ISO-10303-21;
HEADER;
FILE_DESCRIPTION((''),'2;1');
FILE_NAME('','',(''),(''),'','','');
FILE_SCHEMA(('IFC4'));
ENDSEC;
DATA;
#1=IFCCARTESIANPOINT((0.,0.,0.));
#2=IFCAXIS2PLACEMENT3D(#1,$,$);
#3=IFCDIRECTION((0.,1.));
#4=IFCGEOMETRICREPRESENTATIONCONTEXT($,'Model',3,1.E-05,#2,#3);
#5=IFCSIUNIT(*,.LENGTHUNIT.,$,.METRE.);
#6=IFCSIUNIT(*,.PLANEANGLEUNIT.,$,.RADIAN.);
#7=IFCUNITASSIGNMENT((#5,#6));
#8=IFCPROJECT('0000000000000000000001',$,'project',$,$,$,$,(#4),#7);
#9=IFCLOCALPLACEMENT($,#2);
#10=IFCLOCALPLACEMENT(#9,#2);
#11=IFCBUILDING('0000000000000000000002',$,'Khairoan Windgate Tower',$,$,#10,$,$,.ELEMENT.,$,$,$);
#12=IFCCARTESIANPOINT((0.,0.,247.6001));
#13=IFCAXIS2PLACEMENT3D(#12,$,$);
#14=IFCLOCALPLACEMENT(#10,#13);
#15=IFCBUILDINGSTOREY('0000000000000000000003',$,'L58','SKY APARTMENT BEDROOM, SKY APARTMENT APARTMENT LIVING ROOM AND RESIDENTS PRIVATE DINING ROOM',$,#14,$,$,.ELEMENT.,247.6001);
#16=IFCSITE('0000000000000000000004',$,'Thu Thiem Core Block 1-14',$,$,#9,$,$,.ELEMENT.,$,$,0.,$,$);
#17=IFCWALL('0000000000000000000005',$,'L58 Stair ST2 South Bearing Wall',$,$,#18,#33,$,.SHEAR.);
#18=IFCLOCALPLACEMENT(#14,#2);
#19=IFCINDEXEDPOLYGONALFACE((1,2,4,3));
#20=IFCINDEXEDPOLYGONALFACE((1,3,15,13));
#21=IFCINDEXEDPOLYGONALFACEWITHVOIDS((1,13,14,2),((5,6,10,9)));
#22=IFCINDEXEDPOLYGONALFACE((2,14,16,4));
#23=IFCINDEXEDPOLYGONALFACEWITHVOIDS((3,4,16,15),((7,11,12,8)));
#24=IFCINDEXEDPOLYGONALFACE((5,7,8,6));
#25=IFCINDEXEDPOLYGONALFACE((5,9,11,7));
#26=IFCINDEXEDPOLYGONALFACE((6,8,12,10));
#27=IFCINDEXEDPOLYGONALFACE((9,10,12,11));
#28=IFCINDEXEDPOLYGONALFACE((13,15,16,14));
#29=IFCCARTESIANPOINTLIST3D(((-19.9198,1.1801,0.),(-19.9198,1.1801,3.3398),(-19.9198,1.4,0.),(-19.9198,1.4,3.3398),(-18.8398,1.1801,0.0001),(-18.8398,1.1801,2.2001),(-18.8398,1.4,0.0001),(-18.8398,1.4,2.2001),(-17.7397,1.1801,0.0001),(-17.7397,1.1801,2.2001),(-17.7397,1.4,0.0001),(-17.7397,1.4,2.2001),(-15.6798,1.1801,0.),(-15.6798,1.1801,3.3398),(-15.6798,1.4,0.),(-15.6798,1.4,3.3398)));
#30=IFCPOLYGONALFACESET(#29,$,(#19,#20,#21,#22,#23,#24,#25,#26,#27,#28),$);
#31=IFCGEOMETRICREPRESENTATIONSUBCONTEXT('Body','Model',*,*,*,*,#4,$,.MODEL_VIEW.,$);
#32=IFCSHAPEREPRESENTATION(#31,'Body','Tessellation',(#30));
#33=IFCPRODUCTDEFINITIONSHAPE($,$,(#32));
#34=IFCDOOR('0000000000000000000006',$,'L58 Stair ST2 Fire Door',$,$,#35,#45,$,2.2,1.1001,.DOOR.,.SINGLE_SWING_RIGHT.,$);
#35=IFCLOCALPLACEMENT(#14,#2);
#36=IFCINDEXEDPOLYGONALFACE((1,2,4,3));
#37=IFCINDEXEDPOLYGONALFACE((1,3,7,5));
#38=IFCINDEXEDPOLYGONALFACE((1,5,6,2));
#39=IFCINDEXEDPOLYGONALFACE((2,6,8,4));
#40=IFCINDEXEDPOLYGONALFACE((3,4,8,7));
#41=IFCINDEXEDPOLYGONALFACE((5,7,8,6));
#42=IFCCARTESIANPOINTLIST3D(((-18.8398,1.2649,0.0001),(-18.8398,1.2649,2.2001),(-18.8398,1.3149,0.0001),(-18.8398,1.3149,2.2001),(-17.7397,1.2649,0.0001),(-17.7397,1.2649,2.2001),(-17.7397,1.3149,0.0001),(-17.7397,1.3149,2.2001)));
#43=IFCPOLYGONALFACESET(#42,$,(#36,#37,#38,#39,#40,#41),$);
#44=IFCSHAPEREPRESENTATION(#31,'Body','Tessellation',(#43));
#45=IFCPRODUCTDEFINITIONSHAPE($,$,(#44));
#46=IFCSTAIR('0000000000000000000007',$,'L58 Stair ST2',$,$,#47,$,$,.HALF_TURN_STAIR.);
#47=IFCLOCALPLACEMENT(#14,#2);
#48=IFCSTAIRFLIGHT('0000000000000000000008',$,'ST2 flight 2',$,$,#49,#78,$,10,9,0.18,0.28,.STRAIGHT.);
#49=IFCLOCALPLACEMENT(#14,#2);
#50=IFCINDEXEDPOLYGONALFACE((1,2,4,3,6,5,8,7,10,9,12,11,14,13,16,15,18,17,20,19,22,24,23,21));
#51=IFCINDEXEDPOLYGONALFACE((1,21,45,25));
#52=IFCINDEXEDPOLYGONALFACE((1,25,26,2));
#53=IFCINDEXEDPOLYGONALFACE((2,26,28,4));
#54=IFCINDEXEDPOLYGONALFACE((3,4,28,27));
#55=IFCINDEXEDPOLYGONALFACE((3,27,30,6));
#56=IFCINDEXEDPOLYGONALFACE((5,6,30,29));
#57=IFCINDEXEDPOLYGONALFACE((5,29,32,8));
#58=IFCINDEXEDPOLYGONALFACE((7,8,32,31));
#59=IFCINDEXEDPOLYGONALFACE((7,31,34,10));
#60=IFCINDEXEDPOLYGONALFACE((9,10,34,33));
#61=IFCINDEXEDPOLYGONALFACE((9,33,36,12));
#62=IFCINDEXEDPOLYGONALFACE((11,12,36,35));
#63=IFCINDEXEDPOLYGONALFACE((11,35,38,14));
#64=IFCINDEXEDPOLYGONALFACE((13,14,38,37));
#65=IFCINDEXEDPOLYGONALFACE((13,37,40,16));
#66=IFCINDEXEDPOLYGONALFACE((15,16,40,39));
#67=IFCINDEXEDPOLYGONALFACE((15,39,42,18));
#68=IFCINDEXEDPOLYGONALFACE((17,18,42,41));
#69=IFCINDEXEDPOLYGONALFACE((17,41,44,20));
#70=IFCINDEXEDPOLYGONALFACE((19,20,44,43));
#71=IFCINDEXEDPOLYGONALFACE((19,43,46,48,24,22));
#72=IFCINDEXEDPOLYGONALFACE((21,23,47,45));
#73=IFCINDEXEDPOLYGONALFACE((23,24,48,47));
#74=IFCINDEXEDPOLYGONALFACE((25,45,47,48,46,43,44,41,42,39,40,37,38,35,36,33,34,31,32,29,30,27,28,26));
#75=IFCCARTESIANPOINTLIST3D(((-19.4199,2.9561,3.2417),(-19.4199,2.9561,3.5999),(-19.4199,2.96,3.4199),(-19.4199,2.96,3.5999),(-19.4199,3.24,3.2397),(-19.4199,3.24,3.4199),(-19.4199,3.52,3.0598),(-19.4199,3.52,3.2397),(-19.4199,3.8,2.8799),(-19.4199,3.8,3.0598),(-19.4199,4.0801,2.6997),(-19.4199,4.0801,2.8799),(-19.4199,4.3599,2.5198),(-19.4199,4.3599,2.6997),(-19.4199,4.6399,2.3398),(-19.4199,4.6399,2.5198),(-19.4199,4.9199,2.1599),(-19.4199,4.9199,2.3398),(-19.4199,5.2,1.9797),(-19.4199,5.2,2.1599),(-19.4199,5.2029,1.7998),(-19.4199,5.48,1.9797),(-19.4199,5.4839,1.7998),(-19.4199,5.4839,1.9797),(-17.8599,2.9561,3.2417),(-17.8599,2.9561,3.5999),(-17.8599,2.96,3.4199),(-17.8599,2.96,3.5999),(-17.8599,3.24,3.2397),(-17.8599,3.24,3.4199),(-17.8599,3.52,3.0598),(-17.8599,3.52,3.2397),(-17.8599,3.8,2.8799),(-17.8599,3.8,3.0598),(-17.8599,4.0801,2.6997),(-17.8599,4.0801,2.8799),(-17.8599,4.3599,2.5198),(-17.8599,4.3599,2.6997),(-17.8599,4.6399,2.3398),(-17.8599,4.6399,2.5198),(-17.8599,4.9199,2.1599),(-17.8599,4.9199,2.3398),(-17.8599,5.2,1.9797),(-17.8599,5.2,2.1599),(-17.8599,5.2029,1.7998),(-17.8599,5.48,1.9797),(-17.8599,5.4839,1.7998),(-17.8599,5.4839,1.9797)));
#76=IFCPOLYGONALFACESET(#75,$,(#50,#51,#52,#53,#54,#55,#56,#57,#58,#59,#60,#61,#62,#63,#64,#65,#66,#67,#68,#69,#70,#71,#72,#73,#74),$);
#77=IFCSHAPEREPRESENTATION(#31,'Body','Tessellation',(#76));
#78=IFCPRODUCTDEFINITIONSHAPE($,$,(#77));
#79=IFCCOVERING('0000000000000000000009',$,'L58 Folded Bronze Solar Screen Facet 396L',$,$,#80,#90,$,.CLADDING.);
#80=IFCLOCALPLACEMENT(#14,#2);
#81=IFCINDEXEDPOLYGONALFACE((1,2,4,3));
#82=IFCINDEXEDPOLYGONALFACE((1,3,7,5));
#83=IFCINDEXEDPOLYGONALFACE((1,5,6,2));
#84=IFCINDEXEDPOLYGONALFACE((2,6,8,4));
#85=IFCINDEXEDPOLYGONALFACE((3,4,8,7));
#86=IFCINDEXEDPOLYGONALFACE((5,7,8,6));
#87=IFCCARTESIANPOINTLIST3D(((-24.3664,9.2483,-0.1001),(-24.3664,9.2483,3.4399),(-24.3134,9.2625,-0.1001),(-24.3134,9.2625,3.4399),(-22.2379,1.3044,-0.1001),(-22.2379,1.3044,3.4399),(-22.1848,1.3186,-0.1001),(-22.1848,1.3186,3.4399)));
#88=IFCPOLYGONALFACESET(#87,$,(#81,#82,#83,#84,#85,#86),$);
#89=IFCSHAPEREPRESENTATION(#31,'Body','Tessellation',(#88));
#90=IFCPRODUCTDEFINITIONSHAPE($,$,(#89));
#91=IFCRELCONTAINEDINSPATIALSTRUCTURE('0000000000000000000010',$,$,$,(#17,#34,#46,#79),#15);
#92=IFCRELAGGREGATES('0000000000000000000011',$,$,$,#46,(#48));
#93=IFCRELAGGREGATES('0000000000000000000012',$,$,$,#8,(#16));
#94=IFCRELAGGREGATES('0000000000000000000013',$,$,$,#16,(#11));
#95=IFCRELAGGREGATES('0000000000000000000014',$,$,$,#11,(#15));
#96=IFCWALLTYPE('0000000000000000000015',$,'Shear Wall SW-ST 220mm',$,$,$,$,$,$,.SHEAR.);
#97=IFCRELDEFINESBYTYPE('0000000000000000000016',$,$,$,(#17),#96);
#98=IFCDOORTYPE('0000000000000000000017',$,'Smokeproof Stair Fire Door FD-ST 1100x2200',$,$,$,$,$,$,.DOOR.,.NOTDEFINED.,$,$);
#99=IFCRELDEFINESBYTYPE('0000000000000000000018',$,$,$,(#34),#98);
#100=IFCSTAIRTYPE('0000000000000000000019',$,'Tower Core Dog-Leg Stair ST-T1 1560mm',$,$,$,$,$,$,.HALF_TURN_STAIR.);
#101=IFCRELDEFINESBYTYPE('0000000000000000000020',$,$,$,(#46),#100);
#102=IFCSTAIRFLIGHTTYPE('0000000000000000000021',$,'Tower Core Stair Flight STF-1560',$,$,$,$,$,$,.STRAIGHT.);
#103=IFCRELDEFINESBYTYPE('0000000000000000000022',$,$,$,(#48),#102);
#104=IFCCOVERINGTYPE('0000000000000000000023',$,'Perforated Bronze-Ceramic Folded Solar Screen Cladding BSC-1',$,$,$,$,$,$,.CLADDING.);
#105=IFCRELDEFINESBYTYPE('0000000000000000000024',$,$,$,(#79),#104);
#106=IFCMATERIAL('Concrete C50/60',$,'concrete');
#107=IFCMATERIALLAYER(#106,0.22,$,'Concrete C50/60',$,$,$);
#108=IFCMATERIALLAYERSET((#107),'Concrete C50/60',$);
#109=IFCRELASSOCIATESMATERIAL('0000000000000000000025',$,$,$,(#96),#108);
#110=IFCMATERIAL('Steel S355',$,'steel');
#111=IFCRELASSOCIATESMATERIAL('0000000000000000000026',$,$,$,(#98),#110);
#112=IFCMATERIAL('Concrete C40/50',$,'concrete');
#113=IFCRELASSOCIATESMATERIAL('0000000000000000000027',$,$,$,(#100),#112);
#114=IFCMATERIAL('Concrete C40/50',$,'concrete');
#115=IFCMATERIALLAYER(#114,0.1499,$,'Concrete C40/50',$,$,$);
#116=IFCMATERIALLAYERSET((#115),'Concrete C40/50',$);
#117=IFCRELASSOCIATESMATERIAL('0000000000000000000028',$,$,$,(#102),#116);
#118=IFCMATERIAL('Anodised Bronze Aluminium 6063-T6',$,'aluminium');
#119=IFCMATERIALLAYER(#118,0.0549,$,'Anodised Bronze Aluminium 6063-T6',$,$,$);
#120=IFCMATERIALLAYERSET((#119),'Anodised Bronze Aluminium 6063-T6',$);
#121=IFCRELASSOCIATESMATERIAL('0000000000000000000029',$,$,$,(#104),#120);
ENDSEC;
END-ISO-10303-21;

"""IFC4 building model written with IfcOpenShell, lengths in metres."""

from ifc_helpers import new_model, si_unit, direction, frame, frame_2d, origin, origin_2d, place, context, subcontext, project, spatial, polyline, rectangle, outline, extrude, material, layer, layer_set, type_object, element, fill, aggregate, save


model = new_model("IFC4")

# Units and contexts
model_context = context("Model", 3, precision=1e-05, world=origin(), true_north=direction((0.0, 1.0)))
body_context = subcontext(model_context, "Body", "Model", "MODEL_VIEW")
ifc_project = project(units=[si_unit("LENGTHUNIT", "METRE"), si_unit("PLANEANGLEUNIT", "RADIAN")], contexts=[model_context])

# Site, building, storey
site_placement = place(None, origin())
site = spatial("IfcSite", under=ifc_project, at=site_placement, Name="Thu Thiem Core Block 1-14", CompositionType="ELEMENT", RefElevation=0.0)
building_placement = place(site_placement, origin())
building = spatial("IfcBuilding", under=site, at=building_placement, Name="Khairoan Windgate Tower", CompositionType="ELEMENT")
storey_placement = place(building_placement, frame((0.0, 0.0, 247.6001)))
storey = spatial("IfcBuildingStorey", under=building, at=storey_placement, Name="L58", Description="SKY APARTMENT BEDROOM, SKY APARTMENT APARTMENT LIVING ROOM AND RESIDENTS PRIVATE DINING ROOM", CompositionType="ELEMENT", Elevation=247.6001)

# Shared definitions
ifc_material_1 = material(Name="Concrete C50/60", Category="concrete")
ifc_layer_1 = layer(ifc_material_1, 0.22, Name="Concrete C50/60")
ifc_layer_set_1 = layer_set([ifc_layer_1], Name="Concrete C50/60")
wall_type = type_object("IfcWallType", Name="Shear Wall SW-ST 220mm", PredefinedType="SHEAR", material=ifc_layer_set_1)

# Wall, opening, door
wall_1_placement = place(storey_placement, frame((-19.9199, 1.29, 0.0), z_axis=(0.0, 0.0, 1.0), x_axis=(1.0, 0.0, 0.0)))
wall_1 = element("IfcWall", 1, at=wall_1_placement, inside=storey, type_object=wall_type, Name="L58 Stair ST2 South Bearing Wall", PredefinedType="SHEAR", context=body_context, shape_type="SweptSolid", body=[
    extrude(rectangle(XDim=4.24, YDim=0.22, at=frame_2d((2.1201, 0.0))), origin(), (0.0, 0.0, 1.0), 3.3398),
])
opening_placement = place(wall_1_placement, frame((1.0801, 0.0, 0.0)))
opening = element("IfcOpeningElement", 2, at=opening_placement, cuts=wall_1, PredefinedType="OPENING", context=body_context, shape_type="SweptSolid", body=[
    extrude(rectangle(XDim=1.1001, YDim=2.2, at=frame_2d((0.55, 1.1001))), frame((0.0, 0.1199, 0.0), z_axis=(0.0, -1.0, 0.0), x_axis=(1.0, 0.0, 0.0)), (0.0, 0.0, 1.0), 0.24),
])
ifc_material_2 = material(Name="Steel S355", Category="steel")
door_type = type_object("IfcDoorType", Name="Smokeproof Stair Fire Door FD-ST 1100x2200", OperationType="NOTDEFINED", PredefinedType="DOOR", material=ifc_material_2)
door_placement = place(opening_placement, origin())
door = element("IfcDoor", 3, at=door_placement, inside=storey, type_object=door_type, Name="L58 Stair ST2 Fire Door", OperationType="SINGLE_SWING_RIGHT", OverallHeight=2.2, OverallWidth=1.1001, PredefinedType="DOOR", context=body_context, shape_type="SweptSolid", body=[
    extrude(rectangle(XDim=1.1001, YDim=2.2, at=frame_2d((0.55, 1.1001))), frame((0.0, 0.0249, 0.0), z_axis=(0.0, -1.0, 0.0), x_axis=(1.0, 0.0, 0.0)), (0.0, 0.0, 1.0), 0.05),
])
fill(opening, door)

# Stair, stair flight
ifc_material_3 = material(Name="Concrete C40/50", Category="concrete")
stair_type = type_object("IfcStairType", Name="Tower Core Dog-Leg Stair ST-T1 1560mm", PredefinedType="HALF_TURN_STAIR", material=ifc_material_3)
stair_placement = place(storey_placement, origin())
stair = element("IfcStair", 4, at=stair_placement, inside=storey, type_object=stair_type, Name="L58 Stair ST2", PredefinedType="HALF_TURN_STAIR")
ifc_material_4 = material(Name="Concrete C40/50", Category="concrete")
ifc_layer_2 = layer(ifc_material_4, 0.1499, Name="Concrete C40/50")
ifc_layer_set_2 = layer_set([ifc_layer_2], Name="Concrete C40/50")
stair_flight_type = type_object("IfcStairFlightType", Name="Tower Core Stair Flight STF-1560", PredefinedType="STRAIGHT", material=ifc_layer_set_2)
stair_flight_placement = place(storey_placement, frame((-18.6399, 5.48, 1.7998), z_axis=(0.0, 0.0, 1.0), x_axis=(0.0, -1.0, 0.0)))
stair_flight = element("IfcStairFlight", 5, at=stair_flight_placement, type_object=stair_flight_type, Name="ST2 flight 2", NumberOfRisers=10, NumberOfTreads=9, PredefinedType="STRAIGHT", RiserHeight=0.18, TreadLength=0.28, context=body_context, shape_type="SweptSolid", body=[
    extrude(outline(polyline([(-0.0039, 0.0), (-0.0039, 0.1799), (0.0, 0.1799), (0.28, 0.1799), (0.28, 0.3601), (0.5601, 0.3601), (0.5601, 0.54), (0.8401, 0.54), (0.8401, 0.72), (1.1201, 0.72), (1.1201, 0.8999), (1.3999, 0.8999), (1.3999, 1.0801), (1.6799, 1.0801), (1.6799, 1.26), (1.96, 1.26), (1.96, 1.4399), (2.24, 1.4399), (2.24, 1.6201), (2.52, 1.6201), (2.52, 1.8), (2.5239, 1.8), (2.5239, 1.4419), (0.2771, 0.0), (-0.0039, 0.0)])), frame((0.0, 0.78, 0.0), z_axis=(0.0, -1.0, 0.0), x_axis=(1.0, 0.0, 0.0)), (0.0, 0.0, 1.0), 1.5601),
])
aggregate(stair, [stair_flight])

# Covering
ifc_material_5 = material(Name="Anodised Bronze Aluminium 6063-T6", Category="aluminium")
ifc_layer_3 = layer(ifc_material_5, 0.0549, Name="Anodised Bronze Aluminium 6063-T6")
ifc_layer_set_3 = layer_set([ifc_layer_3], Name="Anodised Bronze Aluminium 6063-T6")
covering_type = type_object("IfcCoveringType", Name="Perforated Bronze-Ceramic Folded Solar Screen Cladding BSC-1", PredefinedType="CLADDING", material=ifc_layer_set_3)
covering_placement = place(storey_placement, frame((-23.2756, 5.2834, -0.1001), z_axis=(0.0, 0.0, 1.0), x_axis=(-0.258819, 0.965926, 0.0)))
element("IfcCovering", 6, at=covering_placement, inside=storey, type_object=covering_type, Name="L58 Folded Bronze Solar Screen Facet 396L", PredefinedType="CLADDING", context=body_context, shape_type="SweptSolid", body=[
    extrude(rectangle(XDim=8.2241, YDim=0.0549, at=origin_2d()), origin(), (0.0, 0.0, 1.0), 3.54),
])

save(model, "model.ifc")
